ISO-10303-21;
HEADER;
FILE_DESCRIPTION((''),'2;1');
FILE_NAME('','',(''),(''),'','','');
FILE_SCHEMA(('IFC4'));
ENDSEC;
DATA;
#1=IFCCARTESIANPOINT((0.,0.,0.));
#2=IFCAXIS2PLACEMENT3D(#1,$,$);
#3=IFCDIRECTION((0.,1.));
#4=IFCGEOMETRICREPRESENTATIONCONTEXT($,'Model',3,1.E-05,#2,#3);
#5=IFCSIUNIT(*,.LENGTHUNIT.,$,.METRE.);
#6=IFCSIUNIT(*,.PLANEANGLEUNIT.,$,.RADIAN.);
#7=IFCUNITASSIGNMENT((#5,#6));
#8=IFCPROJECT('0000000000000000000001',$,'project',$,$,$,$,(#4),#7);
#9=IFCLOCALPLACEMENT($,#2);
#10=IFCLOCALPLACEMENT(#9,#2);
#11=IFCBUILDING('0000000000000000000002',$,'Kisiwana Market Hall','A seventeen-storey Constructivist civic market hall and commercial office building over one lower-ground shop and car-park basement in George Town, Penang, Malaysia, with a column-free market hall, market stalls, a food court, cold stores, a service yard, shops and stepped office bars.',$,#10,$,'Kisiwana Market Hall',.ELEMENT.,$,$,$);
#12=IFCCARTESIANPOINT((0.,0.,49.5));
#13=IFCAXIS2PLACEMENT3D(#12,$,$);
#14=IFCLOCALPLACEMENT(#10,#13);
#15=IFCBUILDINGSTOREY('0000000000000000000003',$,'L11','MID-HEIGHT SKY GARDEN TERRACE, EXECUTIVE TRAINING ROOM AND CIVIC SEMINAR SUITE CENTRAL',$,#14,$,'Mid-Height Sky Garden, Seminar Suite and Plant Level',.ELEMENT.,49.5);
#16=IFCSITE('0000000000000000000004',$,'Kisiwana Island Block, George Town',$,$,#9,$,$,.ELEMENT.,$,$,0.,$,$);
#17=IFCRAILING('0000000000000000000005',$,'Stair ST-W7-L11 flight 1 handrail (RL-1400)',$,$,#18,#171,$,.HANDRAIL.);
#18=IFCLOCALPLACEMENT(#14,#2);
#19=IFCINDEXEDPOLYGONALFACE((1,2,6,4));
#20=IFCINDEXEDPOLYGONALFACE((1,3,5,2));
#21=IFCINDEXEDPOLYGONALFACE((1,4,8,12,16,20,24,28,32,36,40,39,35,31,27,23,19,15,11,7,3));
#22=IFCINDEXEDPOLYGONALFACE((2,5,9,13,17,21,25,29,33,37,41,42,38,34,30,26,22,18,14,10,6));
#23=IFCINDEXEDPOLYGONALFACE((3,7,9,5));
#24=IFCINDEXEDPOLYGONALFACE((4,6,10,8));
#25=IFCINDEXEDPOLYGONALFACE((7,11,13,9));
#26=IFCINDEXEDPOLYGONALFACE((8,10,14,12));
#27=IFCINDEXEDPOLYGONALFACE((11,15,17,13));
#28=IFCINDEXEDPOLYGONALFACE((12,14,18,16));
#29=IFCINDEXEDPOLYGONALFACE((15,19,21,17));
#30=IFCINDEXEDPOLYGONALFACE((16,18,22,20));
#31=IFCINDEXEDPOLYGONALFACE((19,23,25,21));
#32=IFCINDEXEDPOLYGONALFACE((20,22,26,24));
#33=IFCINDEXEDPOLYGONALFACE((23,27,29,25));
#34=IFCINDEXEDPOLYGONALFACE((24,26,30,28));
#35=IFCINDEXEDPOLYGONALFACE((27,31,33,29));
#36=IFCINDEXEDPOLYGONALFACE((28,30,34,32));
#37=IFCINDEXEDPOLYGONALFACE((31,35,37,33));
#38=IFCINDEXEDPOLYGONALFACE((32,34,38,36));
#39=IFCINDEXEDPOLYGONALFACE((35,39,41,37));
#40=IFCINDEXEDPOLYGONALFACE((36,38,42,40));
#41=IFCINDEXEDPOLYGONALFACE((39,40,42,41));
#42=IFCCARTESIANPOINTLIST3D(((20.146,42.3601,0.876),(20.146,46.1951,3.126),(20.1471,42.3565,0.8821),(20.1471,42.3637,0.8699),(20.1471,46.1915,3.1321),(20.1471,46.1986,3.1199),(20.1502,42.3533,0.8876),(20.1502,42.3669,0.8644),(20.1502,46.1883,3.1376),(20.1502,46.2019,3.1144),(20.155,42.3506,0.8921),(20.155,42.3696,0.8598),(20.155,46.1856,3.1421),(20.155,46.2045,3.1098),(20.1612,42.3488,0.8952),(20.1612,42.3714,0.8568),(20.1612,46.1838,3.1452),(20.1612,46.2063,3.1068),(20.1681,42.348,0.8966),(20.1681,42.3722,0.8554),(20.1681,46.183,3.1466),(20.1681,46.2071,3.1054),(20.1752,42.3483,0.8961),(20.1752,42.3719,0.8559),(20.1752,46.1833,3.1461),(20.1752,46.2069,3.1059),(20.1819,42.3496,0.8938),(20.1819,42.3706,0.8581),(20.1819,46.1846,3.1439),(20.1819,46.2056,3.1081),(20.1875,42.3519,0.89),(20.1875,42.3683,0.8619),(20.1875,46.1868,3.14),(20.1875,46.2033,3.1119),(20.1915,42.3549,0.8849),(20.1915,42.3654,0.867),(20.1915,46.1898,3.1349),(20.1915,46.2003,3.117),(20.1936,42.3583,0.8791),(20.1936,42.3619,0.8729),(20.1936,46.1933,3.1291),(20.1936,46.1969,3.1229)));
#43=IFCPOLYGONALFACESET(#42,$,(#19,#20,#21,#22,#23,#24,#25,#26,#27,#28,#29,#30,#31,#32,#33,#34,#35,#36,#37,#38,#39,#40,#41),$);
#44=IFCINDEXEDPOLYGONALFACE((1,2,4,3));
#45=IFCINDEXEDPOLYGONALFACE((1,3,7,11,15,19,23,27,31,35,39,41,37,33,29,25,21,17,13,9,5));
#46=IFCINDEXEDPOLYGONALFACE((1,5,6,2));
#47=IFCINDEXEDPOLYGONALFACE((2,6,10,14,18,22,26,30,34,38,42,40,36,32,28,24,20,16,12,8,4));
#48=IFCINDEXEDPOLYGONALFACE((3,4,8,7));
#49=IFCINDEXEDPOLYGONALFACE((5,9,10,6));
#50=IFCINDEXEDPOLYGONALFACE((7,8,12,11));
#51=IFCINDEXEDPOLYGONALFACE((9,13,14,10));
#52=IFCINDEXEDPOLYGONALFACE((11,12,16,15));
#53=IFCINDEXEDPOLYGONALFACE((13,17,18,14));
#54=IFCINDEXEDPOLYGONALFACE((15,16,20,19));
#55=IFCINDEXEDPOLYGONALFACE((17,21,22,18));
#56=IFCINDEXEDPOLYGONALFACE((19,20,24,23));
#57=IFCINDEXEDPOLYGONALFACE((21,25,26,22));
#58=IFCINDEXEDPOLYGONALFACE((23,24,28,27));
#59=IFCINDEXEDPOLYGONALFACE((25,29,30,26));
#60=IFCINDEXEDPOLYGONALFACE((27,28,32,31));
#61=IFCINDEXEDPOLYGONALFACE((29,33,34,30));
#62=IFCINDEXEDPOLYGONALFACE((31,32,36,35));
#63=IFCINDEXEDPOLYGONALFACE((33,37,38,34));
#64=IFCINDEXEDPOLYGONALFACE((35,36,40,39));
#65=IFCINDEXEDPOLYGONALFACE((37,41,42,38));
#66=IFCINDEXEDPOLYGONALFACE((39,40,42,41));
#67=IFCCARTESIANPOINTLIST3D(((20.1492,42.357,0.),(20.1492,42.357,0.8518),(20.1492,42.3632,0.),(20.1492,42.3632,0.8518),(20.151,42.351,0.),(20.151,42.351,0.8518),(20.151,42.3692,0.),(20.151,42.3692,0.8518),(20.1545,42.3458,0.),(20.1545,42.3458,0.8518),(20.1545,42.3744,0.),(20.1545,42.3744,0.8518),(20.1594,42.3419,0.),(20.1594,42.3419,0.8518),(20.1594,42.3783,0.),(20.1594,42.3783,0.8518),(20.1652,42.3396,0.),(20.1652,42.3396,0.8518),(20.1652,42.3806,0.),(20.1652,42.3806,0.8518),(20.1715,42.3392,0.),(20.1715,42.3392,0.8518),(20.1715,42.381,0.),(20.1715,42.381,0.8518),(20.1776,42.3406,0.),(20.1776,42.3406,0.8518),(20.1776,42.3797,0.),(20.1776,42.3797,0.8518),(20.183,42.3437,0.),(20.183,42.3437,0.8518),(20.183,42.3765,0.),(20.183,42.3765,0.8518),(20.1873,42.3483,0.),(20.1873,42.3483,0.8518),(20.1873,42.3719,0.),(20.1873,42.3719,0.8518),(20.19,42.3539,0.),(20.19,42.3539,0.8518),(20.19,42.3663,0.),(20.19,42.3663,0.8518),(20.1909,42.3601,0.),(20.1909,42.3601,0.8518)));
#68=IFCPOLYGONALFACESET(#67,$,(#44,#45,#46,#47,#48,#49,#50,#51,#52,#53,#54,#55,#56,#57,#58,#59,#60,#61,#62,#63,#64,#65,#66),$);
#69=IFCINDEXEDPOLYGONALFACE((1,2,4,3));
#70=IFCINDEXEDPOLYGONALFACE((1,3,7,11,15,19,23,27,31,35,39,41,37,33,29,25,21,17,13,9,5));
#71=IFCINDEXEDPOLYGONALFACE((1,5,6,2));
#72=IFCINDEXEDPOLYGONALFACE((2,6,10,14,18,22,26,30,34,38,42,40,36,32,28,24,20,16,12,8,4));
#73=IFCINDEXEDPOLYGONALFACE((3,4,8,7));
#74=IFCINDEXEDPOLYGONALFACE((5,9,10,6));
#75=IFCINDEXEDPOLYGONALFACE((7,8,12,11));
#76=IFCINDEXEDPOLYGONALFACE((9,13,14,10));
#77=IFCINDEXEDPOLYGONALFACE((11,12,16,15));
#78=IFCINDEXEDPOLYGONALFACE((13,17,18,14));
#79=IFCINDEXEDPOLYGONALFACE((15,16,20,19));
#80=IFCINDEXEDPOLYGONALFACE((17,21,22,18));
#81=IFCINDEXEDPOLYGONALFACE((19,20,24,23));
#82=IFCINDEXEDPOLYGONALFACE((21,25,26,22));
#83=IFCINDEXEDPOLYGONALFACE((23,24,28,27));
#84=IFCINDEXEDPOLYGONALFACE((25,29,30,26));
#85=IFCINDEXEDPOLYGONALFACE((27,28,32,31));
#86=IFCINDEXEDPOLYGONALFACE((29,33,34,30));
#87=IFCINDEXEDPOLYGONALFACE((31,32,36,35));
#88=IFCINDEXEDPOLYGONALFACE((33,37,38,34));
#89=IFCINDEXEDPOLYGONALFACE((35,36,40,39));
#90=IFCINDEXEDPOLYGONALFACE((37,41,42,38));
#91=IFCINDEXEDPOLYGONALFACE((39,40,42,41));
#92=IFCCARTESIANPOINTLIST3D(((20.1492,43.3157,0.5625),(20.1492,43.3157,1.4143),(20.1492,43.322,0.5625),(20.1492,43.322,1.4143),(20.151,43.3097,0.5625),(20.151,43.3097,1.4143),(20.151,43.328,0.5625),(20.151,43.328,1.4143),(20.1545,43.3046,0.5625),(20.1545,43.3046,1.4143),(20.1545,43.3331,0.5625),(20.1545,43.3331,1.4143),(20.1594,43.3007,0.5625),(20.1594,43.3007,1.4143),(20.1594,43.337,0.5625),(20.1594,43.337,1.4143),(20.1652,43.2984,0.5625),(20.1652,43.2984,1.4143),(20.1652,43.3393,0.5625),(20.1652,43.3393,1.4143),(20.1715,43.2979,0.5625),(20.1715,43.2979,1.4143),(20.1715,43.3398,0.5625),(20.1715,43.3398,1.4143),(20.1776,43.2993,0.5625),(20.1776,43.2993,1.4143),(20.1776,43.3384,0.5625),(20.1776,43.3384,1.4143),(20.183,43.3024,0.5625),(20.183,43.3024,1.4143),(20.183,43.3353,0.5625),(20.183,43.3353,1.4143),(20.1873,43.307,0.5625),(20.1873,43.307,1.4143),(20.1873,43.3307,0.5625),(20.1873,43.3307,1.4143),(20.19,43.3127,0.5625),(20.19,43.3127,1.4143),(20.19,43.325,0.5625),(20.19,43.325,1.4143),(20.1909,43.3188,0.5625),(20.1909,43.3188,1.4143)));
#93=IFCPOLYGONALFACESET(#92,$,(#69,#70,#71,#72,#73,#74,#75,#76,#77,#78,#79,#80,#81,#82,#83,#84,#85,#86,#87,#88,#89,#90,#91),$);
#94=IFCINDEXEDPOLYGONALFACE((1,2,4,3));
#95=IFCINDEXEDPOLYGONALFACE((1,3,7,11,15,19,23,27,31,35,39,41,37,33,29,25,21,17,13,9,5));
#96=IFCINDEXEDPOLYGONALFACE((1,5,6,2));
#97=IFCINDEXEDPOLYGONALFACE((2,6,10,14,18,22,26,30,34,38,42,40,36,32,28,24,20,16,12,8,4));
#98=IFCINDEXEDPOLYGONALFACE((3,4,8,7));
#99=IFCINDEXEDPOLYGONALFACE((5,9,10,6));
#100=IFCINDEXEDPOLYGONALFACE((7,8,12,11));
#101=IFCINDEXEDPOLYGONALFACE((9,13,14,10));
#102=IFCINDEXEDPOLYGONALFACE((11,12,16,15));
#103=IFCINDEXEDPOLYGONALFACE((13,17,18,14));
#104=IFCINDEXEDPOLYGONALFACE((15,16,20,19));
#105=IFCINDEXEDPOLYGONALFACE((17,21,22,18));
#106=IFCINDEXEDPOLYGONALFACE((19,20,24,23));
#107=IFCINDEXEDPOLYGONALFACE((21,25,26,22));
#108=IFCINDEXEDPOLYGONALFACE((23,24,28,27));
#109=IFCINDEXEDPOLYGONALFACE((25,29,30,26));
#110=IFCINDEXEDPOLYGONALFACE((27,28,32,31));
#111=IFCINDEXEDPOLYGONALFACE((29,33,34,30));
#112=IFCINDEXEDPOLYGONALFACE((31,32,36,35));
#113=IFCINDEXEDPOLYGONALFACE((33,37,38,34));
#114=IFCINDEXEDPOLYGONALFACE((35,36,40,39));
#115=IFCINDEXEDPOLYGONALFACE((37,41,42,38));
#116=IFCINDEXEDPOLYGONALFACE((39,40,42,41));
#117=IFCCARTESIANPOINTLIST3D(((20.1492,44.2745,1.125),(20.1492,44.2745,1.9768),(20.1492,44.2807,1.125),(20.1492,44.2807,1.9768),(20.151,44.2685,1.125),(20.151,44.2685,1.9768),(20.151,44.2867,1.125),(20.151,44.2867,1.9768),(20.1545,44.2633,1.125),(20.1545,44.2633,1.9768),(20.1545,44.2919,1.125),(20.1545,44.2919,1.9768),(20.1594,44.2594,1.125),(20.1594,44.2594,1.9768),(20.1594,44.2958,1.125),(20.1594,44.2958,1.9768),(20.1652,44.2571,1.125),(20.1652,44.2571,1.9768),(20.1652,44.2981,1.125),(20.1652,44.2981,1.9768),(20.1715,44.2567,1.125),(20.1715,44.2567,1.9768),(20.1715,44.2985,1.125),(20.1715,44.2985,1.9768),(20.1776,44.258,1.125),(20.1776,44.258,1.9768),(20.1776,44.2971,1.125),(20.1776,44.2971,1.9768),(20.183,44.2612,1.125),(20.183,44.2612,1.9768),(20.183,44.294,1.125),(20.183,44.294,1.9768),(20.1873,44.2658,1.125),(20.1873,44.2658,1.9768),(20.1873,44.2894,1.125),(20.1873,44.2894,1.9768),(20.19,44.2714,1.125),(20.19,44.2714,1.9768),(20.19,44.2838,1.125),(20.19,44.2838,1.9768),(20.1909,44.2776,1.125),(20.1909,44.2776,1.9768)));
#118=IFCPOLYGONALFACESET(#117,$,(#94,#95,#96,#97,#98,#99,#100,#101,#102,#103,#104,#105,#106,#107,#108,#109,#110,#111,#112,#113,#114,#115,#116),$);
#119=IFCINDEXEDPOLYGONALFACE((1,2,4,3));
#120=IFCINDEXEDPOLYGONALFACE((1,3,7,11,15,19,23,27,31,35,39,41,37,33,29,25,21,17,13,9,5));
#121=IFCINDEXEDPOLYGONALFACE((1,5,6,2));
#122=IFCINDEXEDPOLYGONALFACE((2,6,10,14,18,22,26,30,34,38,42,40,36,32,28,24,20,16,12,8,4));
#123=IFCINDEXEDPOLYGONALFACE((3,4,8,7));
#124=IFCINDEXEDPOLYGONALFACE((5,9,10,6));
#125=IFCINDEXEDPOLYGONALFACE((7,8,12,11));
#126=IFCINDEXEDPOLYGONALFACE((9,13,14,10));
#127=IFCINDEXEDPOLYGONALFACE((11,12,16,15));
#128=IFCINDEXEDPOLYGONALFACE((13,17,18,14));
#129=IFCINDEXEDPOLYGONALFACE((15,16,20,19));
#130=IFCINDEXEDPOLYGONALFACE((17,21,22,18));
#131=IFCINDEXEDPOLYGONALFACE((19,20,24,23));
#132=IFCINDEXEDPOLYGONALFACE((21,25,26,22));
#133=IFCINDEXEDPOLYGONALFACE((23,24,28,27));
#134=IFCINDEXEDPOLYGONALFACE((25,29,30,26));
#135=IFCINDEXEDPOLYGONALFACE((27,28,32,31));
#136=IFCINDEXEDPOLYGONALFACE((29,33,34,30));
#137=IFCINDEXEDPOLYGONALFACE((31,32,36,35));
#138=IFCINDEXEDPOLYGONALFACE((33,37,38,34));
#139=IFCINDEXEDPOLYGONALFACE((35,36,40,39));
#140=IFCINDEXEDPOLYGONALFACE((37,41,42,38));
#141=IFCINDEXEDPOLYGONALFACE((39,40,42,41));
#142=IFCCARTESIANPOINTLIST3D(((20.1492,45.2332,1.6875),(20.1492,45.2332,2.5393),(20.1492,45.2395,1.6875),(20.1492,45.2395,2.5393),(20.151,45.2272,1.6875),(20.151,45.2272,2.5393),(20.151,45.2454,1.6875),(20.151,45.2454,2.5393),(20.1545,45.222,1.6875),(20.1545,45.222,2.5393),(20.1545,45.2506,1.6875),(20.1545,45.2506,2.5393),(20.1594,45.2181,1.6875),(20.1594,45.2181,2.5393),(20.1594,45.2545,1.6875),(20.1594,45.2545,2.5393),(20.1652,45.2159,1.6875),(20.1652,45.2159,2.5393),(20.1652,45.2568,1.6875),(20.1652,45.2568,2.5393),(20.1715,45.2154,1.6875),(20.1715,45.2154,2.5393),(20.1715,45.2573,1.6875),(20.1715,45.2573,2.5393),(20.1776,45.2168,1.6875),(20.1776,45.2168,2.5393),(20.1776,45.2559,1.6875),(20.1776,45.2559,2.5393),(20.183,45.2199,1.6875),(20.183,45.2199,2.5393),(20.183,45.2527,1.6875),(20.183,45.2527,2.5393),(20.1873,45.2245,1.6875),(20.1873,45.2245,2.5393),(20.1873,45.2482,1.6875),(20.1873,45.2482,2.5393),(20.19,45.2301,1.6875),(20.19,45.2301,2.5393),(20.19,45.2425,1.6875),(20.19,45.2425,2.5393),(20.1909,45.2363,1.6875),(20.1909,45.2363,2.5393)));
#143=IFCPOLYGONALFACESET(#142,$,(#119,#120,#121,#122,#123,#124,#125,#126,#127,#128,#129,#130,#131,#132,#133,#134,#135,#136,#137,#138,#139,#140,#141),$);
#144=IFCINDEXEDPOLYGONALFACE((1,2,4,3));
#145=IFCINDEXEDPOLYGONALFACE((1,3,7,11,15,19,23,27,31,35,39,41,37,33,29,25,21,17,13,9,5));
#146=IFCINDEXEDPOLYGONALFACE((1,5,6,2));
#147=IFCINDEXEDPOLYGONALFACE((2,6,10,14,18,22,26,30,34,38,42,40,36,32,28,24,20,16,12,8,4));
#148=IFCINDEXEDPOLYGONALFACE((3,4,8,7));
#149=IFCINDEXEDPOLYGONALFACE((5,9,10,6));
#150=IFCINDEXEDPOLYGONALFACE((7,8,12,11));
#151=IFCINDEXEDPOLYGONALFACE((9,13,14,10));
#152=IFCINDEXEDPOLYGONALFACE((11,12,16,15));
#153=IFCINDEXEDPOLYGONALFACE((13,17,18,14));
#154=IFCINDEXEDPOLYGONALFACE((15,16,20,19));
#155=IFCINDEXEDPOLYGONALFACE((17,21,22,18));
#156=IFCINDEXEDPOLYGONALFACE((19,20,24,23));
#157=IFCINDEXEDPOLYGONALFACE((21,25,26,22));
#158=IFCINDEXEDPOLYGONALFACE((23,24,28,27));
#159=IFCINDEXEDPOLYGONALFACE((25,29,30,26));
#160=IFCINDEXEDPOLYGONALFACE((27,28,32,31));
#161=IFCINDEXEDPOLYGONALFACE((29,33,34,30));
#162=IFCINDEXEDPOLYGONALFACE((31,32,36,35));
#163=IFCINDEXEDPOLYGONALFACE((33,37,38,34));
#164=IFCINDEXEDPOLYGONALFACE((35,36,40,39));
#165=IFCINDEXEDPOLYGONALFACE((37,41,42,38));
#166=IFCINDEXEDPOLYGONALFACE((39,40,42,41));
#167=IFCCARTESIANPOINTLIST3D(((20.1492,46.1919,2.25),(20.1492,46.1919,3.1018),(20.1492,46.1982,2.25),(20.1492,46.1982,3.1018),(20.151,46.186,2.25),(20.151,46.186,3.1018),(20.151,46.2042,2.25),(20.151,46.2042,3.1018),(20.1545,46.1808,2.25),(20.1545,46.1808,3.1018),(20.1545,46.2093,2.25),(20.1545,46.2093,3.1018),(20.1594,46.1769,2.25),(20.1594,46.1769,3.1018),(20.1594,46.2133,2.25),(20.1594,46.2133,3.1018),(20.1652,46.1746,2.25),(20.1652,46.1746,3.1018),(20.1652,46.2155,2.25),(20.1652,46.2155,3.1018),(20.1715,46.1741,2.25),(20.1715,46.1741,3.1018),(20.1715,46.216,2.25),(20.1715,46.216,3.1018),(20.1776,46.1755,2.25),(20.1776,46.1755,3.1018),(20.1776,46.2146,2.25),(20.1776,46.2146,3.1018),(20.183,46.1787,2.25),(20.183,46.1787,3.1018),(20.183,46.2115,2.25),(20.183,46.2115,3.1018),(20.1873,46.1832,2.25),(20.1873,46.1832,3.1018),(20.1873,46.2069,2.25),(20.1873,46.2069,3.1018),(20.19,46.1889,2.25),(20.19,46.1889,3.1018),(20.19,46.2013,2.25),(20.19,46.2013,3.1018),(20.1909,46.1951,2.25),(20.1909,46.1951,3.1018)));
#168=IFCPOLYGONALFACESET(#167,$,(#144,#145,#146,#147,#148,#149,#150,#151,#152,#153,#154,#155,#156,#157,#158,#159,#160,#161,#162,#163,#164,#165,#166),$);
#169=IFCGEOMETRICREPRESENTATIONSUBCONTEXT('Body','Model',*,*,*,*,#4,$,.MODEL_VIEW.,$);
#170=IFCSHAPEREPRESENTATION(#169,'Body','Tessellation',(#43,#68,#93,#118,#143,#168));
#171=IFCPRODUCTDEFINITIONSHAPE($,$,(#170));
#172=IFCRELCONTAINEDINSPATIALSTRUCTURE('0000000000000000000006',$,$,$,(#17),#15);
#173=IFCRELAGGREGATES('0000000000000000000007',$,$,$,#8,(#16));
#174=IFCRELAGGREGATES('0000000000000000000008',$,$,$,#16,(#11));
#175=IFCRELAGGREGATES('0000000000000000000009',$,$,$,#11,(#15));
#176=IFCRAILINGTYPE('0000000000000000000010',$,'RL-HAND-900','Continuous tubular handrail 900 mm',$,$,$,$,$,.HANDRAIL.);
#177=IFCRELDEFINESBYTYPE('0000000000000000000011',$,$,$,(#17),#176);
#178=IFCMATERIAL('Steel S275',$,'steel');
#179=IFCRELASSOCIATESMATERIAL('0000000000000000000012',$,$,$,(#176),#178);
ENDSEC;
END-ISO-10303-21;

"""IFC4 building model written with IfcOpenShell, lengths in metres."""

from ifc_helpers import new_model, si_unit, direction, frame, origin, origin_2d, place, context, subcontext, project, spatial, circle, extrude, material, type_object, element, save


model = new_model("IFC4")

# Units and contexts
model_context = context("Model", 3, precision=1e-05, world=origin(), true_north=direction((0.0, 1.0)))
body_context = subcontext(model_context, "Body", "Model", "MODEL_VIEW")
ifc_project = project(units=[si_unit("LENGTHUNIT", "METRE"), si_unit("PLANEANGLEUNIT", "RADIAN")], contexts=[model_context])

# Site, building, storey
site_placement = place(None, origin())
site = spatial("IfcSite", under=ifc_project, at=site_placement, Name="Kisiwana Island Block, George Town", CompositionType="ELEMENT", RefElevation=0.0)
building_placement = place(site_placement, origin())
building = spatial("IfcBuilding", under=site, at=building_placement, Name="Kisiwana Market Hall", Description="A seventeen-storey Constructivist civic market hall and commercial office building over one lower-ground shop and car-park basement in George Town, Penang, Malaysia, with a column-free market hall, market stalls, a food court, cold stores, a service yard, shops and stepped office bars.", LongName="Kisiwana Market Hall", CompositionType="ELEMENT")
storey_placement = place(building_placement, frame((0.0, 0.0, 49.5)))
storey = spatial("IfcBuildingStorey", under=building, at=storey_placement, Name="L11", Description="MID-HEIGHT SKY GARDEN TERRACE, EXECUTIVE TRAINING ROOM AND CIVIC SEMINAR SUITE CENTRAL", LongName="Mid-Height Sky Garden, Seminar Suite and Plant Level", CompositionType="ELEMENT", Elevation=49.5)

# Railing
ifc_material_1 = material(Name="Steel S275", Category="steel")
railing_type_1 = type_object("IfcRailingType", Name="RL-HAND-900", Description="Continuous tubular handrail 900 mm", PredefinedType="HANDRAIL", material=ifc_material_1)
railing_1_placement = place(storey_placement, frame((20.1699, 42.3601, 0.0)))
element("IfcRailing", 1, at=railing_1_placement, inside=storey, type_object=railing_type_1, Name="Stair ST-W7-L11 flight 1 handrail (RL-1400)", PredefinedType="HANDRAIL", context=body_context, shape_type="SweptSolid", body=[
    extrude(circle(Radius=0.0239, at=origin_2d()), frame((0.0, 0.0, 0.876), z_axis=(0.0, 0.86251, 0.506041), x_axis=(-1.0, 0.0, 0.0)), (0.0, 0.0, 1.0), 4.4463),
    extrude(circle(Radius=0.021, at=origin_2d()), origin(), (0.0, 0.0, 1.0), 0.8518),
    extrude(circle(Radius=0.021, at=origin_2d()), frame((0.0, 0.9587, 0.5625)), (0.0, 0.0, 1.0), 0.8518),
    extrude(circle(Radius=0.021, at=origin_2d()), frame((0.0, 1.9175, 1.125)), (0.0, 0.0, 1.0), 0.8518),
    extrude(circle(Radius=0.021, at=origin_2d()), frame((0.0, 2.8762, 1.6875)), (0.0, 0.0, 1.0), 0.8518),
    extrude(circle(Radius=0.021, at=origin_2d()), frame((0.0, 3.835, 2.25)), (0.0, 0.0, 1.0), 0.8518),
])

save(model, "model.ifc")
